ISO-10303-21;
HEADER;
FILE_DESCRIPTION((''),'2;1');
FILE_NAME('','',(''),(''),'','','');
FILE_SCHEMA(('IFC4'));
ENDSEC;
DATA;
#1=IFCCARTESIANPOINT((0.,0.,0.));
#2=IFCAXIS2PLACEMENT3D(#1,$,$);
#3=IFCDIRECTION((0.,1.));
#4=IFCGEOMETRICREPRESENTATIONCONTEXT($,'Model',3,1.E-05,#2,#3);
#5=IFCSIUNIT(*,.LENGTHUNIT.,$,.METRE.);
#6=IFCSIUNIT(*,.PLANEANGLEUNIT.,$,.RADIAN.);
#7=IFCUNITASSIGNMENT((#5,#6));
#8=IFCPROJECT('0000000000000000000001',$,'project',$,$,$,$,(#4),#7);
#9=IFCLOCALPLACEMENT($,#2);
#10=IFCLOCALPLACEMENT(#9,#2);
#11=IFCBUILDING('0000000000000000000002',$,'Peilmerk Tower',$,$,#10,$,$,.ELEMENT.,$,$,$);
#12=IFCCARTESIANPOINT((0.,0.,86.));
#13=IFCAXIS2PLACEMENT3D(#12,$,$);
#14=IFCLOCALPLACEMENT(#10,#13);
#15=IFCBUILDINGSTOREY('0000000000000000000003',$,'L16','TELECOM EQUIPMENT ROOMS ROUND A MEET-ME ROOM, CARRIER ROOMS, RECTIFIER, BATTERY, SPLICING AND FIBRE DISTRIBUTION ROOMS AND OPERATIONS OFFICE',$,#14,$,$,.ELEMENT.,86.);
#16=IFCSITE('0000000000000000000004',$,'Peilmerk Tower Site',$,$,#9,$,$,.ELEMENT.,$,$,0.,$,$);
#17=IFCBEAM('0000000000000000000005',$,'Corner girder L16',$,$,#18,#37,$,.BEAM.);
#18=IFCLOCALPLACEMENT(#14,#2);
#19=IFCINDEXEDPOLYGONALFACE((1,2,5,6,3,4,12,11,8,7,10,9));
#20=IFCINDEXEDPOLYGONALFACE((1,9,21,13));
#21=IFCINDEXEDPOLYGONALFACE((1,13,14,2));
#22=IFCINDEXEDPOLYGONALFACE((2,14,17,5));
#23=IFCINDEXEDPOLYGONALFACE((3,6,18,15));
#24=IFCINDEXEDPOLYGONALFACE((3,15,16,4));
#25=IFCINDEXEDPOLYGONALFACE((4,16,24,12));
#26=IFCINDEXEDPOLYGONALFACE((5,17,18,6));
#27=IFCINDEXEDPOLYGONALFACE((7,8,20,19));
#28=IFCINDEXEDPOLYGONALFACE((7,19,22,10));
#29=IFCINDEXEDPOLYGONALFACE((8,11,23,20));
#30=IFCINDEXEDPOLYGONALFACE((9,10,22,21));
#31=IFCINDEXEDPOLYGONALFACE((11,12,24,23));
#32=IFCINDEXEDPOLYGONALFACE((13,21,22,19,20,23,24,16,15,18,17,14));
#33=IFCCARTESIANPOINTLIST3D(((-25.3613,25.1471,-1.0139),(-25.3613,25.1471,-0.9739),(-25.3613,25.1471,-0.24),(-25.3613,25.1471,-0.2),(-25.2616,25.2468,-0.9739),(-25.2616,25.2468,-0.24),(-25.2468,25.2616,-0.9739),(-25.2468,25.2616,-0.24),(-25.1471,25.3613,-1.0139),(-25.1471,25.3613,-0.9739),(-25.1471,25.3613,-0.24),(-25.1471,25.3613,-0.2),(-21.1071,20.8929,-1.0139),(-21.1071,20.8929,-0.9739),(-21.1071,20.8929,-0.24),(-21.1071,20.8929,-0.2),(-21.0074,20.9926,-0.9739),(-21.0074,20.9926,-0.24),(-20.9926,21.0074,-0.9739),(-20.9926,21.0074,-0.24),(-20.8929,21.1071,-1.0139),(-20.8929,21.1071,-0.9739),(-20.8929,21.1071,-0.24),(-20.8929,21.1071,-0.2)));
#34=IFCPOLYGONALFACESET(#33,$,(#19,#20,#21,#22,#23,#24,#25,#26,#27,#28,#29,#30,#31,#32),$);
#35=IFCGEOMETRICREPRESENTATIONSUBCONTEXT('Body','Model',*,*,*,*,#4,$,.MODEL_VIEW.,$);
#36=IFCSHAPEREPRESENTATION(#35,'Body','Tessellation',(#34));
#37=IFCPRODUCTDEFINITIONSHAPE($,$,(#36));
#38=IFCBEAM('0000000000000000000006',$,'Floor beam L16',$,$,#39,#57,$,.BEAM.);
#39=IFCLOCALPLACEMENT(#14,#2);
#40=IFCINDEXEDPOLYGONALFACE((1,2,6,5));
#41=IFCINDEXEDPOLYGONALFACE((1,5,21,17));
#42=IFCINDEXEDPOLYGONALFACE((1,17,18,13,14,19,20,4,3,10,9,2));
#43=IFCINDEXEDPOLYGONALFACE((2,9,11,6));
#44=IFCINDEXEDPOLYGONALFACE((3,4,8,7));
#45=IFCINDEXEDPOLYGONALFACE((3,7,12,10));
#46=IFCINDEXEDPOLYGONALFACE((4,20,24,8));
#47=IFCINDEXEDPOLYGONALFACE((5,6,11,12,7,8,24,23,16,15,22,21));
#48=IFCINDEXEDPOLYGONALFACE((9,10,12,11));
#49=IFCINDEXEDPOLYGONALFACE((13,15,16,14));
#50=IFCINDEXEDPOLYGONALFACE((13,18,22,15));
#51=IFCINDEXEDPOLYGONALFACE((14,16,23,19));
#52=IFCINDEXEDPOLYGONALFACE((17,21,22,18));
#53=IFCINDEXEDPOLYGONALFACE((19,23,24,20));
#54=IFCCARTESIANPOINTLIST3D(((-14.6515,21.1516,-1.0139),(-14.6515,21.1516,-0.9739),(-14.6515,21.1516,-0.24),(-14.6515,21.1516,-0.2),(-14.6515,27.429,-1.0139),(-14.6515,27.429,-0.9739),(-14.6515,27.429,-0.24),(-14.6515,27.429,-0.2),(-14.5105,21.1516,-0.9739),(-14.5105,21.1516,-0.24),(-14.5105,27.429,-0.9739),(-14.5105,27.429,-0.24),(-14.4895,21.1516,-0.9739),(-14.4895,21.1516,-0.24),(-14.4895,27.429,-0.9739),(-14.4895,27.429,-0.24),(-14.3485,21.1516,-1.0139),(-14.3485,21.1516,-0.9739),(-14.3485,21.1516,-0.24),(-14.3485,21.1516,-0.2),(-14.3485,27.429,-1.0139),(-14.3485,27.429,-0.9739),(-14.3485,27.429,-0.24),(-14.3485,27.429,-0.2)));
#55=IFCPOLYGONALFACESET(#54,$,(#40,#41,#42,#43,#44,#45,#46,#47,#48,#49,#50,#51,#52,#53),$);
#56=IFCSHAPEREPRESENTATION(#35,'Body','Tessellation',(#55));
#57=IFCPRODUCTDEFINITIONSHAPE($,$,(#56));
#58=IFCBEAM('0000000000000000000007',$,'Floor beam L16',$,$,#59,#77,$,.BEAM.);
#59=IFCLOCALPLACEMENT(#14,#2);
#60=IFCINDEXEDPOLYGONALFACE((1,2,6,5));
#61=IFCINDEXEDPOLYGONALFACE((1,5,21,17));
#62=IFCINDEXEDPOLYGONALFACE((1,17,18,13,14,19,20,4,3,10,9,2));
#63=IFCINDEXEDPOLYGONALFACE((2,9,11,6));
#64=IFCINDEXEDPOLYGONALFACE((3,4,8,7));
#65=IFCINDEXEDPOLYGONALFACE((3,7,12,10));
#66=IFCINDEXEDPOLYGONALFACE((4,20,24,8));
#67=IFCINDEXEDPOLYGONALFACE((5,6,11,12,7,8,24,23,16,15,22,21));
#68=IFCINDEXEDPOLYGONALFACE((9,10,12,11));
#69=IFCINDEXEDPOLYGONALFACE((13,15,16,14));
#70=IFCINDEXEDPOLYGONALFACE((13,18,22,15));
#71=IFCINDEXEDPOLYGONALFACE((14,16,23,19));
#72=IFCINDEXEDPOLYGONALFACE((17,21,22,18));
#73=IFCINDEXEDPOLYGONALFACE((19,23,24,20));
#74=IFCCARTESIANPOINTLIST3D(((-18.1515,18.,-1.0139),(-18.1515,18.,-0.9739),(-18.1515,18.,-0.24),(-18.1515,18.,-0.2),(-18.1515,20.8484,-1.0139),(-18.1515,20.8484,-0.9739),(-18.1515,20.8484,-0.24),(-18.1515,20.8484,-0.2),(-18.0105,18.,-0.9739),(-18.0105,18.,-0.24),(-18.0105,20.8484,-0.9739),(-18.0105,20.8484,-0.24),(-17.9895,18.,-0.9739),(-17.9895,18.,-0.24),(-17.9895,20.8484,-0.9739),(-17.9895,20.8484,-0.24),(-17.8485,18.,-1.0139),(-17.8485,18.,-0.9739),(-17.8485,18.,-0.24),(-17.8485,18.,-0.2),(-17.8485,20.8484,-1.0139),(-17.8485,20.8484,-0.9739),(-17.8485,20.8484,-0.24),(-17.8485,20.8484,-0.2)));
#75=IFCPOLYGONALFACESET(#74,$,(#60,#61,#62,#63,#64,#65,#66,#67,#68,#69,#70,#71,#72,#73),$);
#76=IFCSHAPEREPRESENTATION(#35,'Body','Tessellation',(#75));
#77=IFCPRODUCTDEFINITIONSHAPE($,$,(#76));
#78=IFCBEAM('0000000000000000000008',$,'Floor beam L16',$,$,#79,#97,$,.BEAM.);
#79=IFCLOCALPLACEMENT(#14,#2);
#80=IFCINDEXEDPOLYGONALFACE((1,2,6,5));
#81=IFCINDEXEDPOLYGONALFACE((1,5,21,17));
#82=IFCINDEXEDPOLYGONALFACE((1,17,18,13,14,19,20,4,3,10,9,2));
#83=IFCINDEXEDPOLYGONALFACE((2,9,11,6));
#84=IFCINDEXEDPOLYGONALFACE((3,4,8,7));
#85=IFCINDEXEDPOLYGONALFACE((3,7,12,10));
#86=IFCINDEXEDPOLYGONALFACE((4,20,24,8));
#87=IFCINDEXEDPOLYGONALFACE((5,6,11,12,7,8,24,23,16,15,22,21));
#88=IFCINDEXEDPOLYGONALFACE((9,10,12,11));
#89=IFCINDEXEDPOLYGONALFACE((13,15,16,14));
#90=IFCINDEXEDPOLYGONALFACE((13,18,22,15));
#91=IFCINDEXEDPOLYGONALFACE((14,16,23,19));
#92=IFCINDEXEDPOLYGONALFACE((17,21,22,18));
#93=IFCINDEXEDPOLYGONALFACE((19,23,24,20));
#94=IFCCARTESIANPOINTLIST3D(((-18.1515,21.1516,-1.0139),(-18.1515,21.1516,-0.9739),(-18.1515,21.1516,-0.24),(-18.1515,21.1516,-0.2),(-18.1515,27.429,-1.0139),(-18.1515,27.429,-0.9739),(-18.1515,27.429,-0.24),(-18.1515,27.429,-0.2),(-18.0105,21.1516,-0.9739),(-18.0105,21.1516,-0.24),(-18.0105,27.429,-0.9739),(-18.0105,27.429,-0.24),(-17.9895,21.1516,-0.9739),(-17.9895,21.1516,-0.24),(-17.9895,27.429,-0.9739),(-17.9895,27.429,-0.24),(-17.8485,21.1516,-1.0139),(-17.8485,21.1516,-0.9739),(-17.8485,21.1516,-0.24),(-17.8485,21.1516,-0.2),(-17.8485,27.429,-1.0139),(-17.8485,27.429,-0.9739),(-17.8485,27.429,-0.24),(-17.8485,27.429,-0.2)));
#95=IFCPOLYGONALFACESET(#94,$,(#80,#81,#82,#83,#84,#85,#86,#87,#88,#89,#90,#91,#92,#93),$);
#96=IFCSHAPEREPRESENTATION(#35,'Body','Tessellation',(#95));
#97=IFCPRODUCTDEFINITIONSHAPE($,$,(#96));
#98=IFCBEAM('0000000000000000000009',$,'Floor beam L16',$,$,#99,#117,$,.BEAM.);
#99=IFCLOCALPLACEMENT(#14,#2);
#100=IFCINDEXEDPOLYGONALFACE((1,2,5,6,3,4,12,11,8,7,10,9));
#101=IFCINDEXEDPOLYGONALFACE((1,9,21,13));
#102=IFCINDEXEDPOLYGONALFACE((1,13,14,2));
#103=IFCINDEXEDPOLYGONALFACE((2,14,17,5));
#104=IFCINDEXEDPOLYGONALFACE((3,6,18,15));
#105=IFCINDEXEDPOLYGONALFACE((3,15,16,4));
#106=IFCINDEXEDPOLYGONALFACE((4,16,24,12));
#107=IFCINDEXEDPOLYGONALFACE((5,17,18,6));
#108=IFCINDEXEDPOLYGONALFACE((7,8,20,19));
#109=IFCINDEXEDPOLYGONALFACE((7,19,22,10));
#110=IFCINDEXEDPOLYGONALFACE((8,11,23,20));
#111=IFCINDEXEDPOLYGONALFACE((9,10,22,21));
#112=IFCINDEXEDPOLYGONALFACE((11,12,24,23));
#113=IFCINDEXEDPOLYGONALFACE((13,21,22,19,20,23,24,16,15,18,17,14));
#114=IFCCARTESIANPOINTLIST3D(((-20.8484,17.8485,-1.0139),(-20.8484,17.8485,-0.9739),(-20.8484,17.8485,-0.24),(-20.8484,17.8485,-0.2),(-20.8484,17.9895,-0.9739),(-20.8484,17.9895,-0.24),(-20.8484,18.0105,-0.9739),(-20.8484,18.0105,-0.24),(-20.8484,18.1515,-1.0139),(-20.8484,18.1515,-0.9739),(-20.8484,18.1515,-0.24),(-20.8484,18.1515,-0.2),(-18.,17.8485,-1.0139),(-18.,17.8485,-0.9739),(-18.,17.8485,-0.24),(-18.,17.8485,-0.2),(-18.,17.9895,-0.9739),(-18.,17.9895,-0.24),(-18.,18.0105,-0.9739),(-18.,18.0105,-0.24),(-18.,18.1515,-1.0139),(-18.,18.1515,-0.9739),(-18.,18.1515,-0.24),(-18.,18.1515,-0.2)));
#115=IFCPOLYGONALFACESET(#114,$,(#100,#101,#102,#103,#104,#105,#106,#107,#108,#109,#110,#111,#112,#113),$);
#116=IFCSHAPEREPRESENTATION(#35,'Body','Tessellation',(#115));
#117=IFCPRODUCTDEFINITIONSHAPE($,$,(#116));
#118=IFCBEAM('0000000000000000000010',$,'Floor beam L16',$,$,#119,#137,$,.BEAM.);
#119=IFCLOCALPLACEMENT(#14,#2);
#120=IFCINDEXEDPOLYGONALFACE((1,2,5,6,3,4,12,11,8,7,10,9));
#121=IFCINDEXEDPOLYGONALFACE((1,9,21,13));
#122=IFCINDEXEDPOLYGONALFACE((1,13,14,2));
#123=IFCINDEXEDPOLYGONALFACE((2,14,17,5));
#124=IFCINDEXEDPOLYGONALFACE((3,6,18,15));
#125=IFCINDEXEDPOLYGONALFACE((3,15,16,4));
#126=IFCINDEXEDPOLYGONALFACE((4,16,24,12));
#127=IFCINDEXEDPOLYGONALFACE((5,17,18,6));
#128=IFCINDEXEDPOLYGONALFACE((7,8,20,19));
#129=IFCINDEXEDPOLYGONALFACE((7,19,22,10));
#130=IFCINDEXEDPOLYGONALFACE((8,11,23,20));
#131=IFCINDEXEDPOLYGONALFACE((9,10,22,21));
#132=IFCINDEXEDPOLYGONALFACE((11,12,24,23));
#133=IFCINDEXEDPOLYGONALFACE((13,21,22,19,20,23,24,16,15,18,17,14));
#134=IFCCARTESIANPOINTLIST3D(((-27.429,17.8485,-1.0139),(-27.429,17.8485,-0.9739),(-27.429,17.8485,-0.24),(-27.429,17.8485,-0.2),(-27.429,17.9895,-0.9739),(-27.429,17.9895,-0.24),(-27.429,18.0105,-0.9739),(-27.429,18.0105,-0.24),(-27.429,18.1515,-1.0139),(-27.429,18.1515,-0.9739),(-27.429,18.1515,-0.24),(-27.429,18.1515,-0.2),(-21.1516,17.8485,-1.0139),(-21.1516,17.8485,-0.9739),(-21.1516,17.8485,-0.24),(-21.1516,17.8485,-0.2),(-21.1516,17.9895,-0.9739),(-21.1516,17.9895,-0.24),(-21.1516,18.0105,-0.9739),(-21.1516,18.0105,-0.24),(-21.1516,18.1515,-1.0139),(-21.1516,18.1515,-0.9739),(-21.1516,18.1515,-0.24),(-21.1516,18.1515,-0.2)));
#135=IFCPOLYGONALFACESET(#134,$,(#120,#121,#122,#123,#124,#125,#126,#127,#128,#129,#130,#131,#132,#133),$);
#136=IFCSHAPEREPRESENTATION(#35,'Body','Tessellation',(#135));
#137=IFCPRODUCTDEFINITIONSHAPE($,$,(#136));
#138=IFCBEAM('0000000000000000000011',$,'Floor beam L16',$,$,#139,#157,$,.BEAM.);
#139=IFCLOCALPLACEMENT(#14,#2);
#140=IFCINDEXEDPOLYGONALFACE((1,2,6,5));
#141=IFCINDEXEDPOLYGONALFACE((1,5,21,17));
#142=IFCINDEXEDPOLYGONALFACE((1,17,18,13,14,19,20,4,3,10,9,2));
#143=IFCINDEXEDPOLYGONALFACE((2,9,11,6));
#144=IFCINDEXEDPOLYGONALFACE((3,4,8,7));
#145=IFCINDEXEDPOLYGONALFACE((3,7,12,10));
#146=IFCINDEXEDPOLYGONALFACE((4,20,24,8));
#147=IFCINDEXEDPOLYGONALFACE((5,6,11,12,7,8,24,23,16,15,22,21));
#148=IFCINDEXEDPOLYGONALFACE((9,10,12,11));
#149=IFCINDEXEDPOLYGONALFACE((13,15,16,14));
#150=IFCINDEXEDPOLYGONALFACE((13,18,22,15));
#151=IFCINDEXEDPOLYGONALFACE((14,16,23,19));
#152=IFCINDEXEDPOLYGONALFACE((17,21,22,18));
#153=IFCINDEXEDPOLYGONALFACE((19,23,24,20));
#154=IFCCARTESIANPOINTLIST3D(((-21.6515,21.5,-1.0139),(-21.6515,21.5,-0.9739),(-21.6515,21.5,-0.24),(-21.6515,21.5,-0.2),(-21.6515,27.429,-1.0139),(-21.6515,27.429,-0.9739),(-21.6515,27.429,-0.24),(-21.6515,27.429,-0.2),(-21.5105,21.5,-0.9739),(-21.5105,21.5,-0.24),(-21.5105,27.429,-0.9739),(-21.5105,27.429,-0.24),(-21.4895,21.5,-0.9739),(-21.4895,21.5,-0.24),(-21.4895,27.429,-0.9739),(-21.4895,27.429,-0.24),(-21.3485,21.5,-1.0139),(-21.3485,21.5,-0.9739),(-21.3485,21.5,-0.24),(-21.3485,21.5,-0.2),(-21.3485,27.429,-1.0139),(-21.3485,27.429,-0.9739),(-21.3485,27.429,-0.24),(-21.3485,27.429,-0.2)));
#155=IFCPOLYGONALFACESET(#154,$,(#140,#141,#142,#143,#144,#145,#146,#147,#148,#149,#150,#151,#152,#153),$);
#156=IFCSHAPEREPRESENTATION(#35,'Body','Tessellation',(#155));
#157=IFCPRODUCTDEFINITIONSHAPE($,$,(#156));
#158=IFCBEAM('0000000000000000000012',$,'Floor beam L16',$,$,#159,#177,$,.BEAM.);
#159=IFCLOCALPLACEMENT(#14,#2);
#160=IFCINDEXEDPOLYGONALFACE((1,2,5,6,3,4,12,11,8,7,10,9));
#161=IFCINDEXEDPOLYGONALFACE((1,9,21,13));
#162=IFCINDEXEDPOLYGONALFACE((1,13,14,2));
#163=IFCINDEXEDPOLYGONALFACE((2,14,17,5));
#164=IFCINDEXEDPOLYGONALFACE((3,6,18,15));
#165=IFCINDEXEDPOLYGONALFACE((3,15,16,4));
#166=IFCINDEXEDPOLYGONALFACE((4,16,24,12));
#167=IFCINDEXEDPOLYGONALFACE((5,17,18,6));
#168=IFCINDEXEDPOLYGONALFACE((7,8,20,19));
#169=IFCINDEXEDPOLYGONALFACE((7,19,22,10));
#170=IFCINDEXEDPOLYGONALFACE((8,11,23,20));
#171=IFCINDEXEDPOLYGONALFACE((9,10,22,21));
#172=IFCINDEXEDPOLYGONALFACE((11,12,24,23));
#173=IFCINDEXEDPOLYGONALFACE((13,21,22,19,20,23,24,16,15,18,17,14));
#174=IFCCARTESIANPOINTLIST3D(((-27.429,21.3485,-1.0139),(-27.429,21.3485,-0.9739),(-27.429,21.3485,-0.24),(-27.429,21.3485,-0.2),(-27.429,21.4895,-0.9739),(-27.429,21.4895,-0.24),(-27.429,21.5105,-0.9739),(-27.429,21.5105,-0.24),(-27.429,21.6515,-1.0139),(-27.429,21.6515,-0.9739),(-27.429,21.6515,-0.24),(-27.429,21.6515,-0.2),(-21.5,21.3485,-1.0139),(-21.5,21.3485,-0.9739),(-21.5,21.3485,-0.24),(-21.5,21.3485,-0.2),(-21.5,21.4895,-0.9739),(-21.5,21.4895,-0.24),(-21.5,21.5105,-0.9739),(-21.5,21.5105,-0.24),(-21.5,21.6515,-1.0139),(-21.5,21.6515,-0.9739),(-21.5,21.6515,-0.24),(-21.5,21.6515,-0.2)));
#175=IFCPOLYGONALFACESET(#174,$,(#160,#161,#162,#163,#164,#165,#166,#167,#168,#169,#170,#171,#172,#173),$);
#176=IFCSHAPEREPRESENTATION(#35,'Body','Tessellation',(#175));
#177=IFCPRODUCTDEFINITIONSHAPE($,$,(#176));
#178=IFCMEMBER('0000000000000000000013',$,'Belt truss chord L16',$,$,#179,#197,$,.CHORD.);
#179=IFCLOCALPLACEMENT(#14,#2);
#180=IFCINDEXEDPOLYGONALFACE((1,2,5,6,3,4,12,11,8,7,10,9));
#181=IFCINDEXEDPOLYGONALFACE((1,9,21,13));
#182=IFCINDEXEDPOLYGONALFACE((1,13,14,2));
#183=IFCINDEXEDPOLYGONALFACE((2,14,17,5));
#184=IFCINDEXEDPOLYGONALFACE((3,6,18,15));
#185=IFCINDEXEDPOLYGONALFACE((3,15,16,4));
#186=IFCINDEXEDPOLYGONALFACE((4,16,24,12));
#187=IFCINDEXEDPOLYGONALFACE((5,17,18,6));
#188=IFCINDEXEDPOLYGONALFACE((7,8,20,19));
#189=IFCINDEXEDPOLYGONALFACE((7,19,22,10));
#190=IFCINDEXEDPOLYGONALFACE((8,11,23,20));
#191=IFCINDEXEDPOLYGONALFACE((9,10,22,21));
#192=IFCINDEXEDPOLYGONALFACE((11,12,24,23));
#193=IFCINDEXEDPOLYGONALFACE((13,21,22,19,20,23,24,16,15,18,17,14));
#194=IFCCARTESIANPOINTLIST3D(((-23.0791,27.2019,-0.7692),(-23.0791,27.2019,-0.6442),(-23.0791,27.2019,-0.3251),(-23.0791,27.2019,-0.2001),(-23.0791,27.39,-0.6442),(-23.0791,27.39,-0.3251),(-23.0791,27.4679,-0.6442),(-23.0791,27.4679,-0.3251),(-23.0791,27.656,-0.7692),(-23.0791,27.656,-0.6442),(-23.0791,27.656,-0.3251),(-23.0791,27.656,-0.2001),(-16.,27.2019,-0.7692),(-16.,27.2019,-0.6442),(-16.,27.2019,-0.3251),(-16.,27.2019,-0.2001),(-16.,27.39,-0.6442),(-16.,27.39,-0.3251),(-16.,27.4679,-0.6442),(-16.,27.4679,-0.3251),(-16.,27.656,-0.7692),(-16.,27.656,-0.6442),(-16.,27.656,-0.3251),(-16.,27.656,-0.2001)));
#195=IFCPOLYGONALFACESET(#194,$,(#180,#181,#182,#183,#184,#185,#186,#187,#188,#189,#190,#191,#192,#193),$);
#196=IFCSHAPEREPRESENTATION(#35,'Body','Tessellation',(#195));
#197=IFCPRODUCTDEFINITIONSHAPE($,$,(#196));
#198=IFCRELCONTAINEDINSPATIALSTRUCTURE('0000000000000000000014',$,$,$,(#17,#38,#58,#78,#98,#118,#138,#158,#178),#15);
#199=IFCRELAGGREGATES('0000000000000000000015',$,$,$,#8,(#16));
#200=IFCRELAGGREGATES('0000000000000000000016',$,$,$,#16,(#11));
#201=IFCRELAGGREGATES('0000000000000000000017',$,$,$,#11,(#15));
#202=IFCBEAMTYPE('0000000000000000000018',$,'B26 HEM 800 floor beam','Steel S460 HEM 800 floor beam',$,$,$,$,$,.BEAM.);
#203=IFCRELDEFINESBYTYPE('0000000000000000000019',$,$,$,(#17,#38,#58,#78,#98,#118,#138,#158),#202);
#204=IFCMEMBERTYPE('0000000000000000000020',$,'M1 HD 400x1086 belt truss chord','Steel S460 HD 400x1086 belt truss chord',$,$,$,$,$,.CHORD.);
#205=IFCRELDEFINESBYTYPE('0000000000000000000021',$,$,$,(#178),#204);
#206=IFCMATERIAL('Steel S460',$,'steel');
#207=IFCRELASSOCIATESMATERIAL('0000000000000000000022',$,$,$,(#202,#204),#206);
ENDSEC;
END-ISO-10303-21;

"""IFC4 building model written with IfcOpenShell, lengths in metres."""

from ifc_helpers import new_model, si_unit, direction, frame, origin, origin_2d, place, context, subcontext, project, spatial, i_section, extrude, material, material_profile, profile_set, type_object, element, save


model = new_model("IFC4")

# Units and contexts
model_context = context("Model", 3, precision=1e-05, world=origin(), true_north=direction((0.0, 1.0)))
body_context = subcontext(model_context, "Body", "Model", "MODEL_VIEW")
ifc_project = project(units=[si_unit("LENGTHUNIT", "METRE"), si_unit("PLANEANGLEUNIT", "RADIAN")], contexts=[model_context])

# Site, building, storey
site_placement = place(None, origin())
site = spatial("IfcSite", under=ifc_project, at=site_placement, Name="Peilmerk Tower Site", CompositionType="ELEMENT", RefElevation=0.0)
building_placement = place(site_placement, origin())
building = spatial("IfcBuilding", under=site, at=building_placement, Name="Peilmerk Tower", CompositionType="ELEMENT")
storey_placement = place(building_placement, frame((0.0, 0.0, 86.0)))
storey = spatial("IfcBuildingStorey", under=building, at=storey_placement, Name="L16", Description="TELECOM EQUIPMENT ROOMS ROUND A MEET-ME ROOM, CARRIER ROOMS, RECTIFIER, BATTERY, SPLICING AND FIBRE DISTRIBUTION ROOMS AND OPERATIONS OFFICE", CompositionType="ELEMENT", Elevation=86.0)

# Shared definitions
ifc_material_1 = material(Name="Steel S460", Category="steel")

# Beams
ifc_material_profile_1 = material_profile(ifc_material_1, i_section(OverallWidth=0.303, OverallDepth=0.814, WebThickness=0.021, FlangeThickness=0.04, at=origin_2d()), Name="HEM 800")
ifc_profile_set_1 = profile_set([ifc_material_profile_1], Name="Steel S460")
beam_type_1 = type_object("IfcBeamType", Name="B26 HEM 800 floor beam", Description="Steel S460 HEM 800 floor beam", PredefinedType="BEAM", material=ifc_profile_set_1)
beam_1_placement = place(storey_placement, frame((-21.0, 21.0, -0.6069), z_axis=(-0.707107, 0.707107, 0.0), x_axis=(-0.707107, -0.707107, 0.0)))
element("IfcBeam", 1, at=beam_1_placement, inside=storey, type_object=beam_type_1, Name="Corner girder L16", PredefinedType="BEAM", context=body_context, shape_type="SweptSolid", body=[
    extrude(i_section(OverallWidth=0.303, OverallDepth=0.814, WebThickness=0.021, FlangeThickness=0.04, at=origin_2d()), origin(), (0.0, 0.0, 1.0), 6.0164),
])
beam_2_placement = place(storey_placement, frame((-14.5, 21.1516, -0.6069), z_axis=(0.0, 1.0, 0.0), x_axis=(-1.0, 0.0, 0.0)))
element("IfcBeam", 2, at=beam_2_placement, inside=storey, type_object=beam_type_1, Name="Floor beam L16", PredefinedType="BEAM", context=body_context, shape_type="SweptSolid", body=[
    extrude(i_section(OverallWidth=0.303, OverallDepth=0.814, WebThickness=0.021, FlangeThickness=0.04, at=origin_2d()), origin(), (0.0, 0.0, 1.0), 6.2773),
])
beam_3_placement = place(storey_placement, frame((-18.0, 18.0, -0.6069), z_axis=(0.0, 1.0, 0.0), x_axis=(-1.0, 0.0, 0.0)))
element("IfcBeam", 3, at=beam_3_placement, inside=storey, type_object=beam_type_1, Name="Floor beam L16", PredefinedType="BEAM", context=body_context, shape_type="SweptSolid", body=[
    extrude(i_section(OverallWidth=0.303, OverallDepth=0.814, WebThickness=0.021, FlangeThickness=0.04, at=origin_2d()), origin(), (0.0, 0.0, 1.0), 2.8484),
])
beam_4_placement = place(storey_placement, frame((-18.0, 21.1516, -0.6069), z_axis=(0.0, 1.0, 0.0), x_axis=(-1.0, 0.0, 0.0)))
element("IfcBeam", 4, at=beam_4_placement, inside=storey, type_object=beam_type_1, Name="Floor beam L16", PredefinedType="BEAM", context=body_context, shape_type="SweptSolid", body=[
    extrude(i_section(OverallWidth=0.303, OverallDepth=0.814, WebThickness=0.021, FlangeThickness=0.04, at=origin_2d()), origin(), (0.0, 0.0, 1.0), 6.2773),
])
beam_5_placement = place(storey_placement, frame((-18.0, 18.0, -0.6069), z_axis=(-1.0, 0.0, 0.0), x_axis=(0.0, -1.0, 0.0)))
element("IfcBeam", 5, at=beam_5_placement, inside=storey, type_object=beam_type_1, Name="Floor beam L16", PredefinedType="BEAM", context=body_context, shape_type="SweptSolid", body=[
    extrude(i_section(OverallWidth=0.303, OverallDepth=0.814, WebThickness=0.021, FlangeThickness=0.04, at=origin_2d()), origin(), (0.0, 0.0, 1.0), 2.8484),
])
beam_6_placement = place(storey_placement, frame((-21.1516, 18.0, -0.6069), z_axis=(-1.0, 0.0, 0.0), x_axis=(0.0, -1.0, 0.0)))
element("IfcBeam", 6, at=beam_6_placement, inside=storey, type_object=beam_type_1, Name="Floor beam L16", PredefinedType="BEAM", context=body_context, shape_type="SweptSolid", body=[
    extrude(i_section(OverallWidth=0.303, OverallDepth=0.814, WebThickness=0.021, FlangeThickness=0.04, at=origin_2d()), origin(), (0.0, 0.0, 1.0), 6.2773),
])
for number, where, z_axis, x_axis, name in (
    (7, (-21.5, 21.5, -0.6069), (0.0, 1.0, 0.0), (-1.0, 0.0, 0.0), "Floor beam L16"),
    (8, (-21.5, 21.5, -0.6069), (-1.0, 0.0, 0.0), (0.0, -1.0, 0.0), "Floor beam L16"),
):
    element("IfcBeam", number, at=place(storey_placement, frame(where, z_axis=z_axis, x_axis=x_axis)), inside=storey, type_object=beam_type_1, Name=name, PredefinedType="BEAM", context=body_context, shape_type="SweptSolid", body=[
        extrude(i_section(OverallWidth=0.303, OverallDepth=0.814, WebThickness=0.021, FlangeThickness=0.04, at=origin_2d()), origin(), (0.0, 0.0, 1.0), 5.929),
    ])

# Member
ifc_material_profile_2 = material_profile(ifc_material_1, i_section(OverallWidth=0.4541, OverallDepth=0.5691, WebThickness=0.0779, FlangeThickness=0.125, at=origin_2d()), Name="HD 400x1086")
ifc_profile_set_2 = profile_set([ifc_material_profile_2], Name="Steel S460")
member_type = type_object("IfcMemberType", Name="M1 HD 400x1086 belt truss chord", Description="Steel S460 HD 400x1086 belt truss chord", PredefinedType="CHORD", material=ifc_profile_set_2)
for number, where, z_axis, x_axis, name in (
    (9, (-16.0, 27.429, -0.4846), (-1.0, 0.0, 0.0), (0.0, -1.0, 0.0), "Belt truss chord L16"),
):
    element("IfcMember", number, at=place(storey_placement, frame(where, z_axis=z_axis, x_axis=x_axis)), inside=storey, type_object=member_type, Name=name, PredefinedType="CHORD", context=body_context, shape_type="SweptSolid", body=[
        extrude(i_section(OverallWidth=0.4541, OverallDepth=0.5691, WebThickness=0.0779, FlangeThickness=0.125, at=origin_2d()), origin(), (0.0, 0.0, 1.0), 7.0791),
    ])

save(model, "model.ifc")
